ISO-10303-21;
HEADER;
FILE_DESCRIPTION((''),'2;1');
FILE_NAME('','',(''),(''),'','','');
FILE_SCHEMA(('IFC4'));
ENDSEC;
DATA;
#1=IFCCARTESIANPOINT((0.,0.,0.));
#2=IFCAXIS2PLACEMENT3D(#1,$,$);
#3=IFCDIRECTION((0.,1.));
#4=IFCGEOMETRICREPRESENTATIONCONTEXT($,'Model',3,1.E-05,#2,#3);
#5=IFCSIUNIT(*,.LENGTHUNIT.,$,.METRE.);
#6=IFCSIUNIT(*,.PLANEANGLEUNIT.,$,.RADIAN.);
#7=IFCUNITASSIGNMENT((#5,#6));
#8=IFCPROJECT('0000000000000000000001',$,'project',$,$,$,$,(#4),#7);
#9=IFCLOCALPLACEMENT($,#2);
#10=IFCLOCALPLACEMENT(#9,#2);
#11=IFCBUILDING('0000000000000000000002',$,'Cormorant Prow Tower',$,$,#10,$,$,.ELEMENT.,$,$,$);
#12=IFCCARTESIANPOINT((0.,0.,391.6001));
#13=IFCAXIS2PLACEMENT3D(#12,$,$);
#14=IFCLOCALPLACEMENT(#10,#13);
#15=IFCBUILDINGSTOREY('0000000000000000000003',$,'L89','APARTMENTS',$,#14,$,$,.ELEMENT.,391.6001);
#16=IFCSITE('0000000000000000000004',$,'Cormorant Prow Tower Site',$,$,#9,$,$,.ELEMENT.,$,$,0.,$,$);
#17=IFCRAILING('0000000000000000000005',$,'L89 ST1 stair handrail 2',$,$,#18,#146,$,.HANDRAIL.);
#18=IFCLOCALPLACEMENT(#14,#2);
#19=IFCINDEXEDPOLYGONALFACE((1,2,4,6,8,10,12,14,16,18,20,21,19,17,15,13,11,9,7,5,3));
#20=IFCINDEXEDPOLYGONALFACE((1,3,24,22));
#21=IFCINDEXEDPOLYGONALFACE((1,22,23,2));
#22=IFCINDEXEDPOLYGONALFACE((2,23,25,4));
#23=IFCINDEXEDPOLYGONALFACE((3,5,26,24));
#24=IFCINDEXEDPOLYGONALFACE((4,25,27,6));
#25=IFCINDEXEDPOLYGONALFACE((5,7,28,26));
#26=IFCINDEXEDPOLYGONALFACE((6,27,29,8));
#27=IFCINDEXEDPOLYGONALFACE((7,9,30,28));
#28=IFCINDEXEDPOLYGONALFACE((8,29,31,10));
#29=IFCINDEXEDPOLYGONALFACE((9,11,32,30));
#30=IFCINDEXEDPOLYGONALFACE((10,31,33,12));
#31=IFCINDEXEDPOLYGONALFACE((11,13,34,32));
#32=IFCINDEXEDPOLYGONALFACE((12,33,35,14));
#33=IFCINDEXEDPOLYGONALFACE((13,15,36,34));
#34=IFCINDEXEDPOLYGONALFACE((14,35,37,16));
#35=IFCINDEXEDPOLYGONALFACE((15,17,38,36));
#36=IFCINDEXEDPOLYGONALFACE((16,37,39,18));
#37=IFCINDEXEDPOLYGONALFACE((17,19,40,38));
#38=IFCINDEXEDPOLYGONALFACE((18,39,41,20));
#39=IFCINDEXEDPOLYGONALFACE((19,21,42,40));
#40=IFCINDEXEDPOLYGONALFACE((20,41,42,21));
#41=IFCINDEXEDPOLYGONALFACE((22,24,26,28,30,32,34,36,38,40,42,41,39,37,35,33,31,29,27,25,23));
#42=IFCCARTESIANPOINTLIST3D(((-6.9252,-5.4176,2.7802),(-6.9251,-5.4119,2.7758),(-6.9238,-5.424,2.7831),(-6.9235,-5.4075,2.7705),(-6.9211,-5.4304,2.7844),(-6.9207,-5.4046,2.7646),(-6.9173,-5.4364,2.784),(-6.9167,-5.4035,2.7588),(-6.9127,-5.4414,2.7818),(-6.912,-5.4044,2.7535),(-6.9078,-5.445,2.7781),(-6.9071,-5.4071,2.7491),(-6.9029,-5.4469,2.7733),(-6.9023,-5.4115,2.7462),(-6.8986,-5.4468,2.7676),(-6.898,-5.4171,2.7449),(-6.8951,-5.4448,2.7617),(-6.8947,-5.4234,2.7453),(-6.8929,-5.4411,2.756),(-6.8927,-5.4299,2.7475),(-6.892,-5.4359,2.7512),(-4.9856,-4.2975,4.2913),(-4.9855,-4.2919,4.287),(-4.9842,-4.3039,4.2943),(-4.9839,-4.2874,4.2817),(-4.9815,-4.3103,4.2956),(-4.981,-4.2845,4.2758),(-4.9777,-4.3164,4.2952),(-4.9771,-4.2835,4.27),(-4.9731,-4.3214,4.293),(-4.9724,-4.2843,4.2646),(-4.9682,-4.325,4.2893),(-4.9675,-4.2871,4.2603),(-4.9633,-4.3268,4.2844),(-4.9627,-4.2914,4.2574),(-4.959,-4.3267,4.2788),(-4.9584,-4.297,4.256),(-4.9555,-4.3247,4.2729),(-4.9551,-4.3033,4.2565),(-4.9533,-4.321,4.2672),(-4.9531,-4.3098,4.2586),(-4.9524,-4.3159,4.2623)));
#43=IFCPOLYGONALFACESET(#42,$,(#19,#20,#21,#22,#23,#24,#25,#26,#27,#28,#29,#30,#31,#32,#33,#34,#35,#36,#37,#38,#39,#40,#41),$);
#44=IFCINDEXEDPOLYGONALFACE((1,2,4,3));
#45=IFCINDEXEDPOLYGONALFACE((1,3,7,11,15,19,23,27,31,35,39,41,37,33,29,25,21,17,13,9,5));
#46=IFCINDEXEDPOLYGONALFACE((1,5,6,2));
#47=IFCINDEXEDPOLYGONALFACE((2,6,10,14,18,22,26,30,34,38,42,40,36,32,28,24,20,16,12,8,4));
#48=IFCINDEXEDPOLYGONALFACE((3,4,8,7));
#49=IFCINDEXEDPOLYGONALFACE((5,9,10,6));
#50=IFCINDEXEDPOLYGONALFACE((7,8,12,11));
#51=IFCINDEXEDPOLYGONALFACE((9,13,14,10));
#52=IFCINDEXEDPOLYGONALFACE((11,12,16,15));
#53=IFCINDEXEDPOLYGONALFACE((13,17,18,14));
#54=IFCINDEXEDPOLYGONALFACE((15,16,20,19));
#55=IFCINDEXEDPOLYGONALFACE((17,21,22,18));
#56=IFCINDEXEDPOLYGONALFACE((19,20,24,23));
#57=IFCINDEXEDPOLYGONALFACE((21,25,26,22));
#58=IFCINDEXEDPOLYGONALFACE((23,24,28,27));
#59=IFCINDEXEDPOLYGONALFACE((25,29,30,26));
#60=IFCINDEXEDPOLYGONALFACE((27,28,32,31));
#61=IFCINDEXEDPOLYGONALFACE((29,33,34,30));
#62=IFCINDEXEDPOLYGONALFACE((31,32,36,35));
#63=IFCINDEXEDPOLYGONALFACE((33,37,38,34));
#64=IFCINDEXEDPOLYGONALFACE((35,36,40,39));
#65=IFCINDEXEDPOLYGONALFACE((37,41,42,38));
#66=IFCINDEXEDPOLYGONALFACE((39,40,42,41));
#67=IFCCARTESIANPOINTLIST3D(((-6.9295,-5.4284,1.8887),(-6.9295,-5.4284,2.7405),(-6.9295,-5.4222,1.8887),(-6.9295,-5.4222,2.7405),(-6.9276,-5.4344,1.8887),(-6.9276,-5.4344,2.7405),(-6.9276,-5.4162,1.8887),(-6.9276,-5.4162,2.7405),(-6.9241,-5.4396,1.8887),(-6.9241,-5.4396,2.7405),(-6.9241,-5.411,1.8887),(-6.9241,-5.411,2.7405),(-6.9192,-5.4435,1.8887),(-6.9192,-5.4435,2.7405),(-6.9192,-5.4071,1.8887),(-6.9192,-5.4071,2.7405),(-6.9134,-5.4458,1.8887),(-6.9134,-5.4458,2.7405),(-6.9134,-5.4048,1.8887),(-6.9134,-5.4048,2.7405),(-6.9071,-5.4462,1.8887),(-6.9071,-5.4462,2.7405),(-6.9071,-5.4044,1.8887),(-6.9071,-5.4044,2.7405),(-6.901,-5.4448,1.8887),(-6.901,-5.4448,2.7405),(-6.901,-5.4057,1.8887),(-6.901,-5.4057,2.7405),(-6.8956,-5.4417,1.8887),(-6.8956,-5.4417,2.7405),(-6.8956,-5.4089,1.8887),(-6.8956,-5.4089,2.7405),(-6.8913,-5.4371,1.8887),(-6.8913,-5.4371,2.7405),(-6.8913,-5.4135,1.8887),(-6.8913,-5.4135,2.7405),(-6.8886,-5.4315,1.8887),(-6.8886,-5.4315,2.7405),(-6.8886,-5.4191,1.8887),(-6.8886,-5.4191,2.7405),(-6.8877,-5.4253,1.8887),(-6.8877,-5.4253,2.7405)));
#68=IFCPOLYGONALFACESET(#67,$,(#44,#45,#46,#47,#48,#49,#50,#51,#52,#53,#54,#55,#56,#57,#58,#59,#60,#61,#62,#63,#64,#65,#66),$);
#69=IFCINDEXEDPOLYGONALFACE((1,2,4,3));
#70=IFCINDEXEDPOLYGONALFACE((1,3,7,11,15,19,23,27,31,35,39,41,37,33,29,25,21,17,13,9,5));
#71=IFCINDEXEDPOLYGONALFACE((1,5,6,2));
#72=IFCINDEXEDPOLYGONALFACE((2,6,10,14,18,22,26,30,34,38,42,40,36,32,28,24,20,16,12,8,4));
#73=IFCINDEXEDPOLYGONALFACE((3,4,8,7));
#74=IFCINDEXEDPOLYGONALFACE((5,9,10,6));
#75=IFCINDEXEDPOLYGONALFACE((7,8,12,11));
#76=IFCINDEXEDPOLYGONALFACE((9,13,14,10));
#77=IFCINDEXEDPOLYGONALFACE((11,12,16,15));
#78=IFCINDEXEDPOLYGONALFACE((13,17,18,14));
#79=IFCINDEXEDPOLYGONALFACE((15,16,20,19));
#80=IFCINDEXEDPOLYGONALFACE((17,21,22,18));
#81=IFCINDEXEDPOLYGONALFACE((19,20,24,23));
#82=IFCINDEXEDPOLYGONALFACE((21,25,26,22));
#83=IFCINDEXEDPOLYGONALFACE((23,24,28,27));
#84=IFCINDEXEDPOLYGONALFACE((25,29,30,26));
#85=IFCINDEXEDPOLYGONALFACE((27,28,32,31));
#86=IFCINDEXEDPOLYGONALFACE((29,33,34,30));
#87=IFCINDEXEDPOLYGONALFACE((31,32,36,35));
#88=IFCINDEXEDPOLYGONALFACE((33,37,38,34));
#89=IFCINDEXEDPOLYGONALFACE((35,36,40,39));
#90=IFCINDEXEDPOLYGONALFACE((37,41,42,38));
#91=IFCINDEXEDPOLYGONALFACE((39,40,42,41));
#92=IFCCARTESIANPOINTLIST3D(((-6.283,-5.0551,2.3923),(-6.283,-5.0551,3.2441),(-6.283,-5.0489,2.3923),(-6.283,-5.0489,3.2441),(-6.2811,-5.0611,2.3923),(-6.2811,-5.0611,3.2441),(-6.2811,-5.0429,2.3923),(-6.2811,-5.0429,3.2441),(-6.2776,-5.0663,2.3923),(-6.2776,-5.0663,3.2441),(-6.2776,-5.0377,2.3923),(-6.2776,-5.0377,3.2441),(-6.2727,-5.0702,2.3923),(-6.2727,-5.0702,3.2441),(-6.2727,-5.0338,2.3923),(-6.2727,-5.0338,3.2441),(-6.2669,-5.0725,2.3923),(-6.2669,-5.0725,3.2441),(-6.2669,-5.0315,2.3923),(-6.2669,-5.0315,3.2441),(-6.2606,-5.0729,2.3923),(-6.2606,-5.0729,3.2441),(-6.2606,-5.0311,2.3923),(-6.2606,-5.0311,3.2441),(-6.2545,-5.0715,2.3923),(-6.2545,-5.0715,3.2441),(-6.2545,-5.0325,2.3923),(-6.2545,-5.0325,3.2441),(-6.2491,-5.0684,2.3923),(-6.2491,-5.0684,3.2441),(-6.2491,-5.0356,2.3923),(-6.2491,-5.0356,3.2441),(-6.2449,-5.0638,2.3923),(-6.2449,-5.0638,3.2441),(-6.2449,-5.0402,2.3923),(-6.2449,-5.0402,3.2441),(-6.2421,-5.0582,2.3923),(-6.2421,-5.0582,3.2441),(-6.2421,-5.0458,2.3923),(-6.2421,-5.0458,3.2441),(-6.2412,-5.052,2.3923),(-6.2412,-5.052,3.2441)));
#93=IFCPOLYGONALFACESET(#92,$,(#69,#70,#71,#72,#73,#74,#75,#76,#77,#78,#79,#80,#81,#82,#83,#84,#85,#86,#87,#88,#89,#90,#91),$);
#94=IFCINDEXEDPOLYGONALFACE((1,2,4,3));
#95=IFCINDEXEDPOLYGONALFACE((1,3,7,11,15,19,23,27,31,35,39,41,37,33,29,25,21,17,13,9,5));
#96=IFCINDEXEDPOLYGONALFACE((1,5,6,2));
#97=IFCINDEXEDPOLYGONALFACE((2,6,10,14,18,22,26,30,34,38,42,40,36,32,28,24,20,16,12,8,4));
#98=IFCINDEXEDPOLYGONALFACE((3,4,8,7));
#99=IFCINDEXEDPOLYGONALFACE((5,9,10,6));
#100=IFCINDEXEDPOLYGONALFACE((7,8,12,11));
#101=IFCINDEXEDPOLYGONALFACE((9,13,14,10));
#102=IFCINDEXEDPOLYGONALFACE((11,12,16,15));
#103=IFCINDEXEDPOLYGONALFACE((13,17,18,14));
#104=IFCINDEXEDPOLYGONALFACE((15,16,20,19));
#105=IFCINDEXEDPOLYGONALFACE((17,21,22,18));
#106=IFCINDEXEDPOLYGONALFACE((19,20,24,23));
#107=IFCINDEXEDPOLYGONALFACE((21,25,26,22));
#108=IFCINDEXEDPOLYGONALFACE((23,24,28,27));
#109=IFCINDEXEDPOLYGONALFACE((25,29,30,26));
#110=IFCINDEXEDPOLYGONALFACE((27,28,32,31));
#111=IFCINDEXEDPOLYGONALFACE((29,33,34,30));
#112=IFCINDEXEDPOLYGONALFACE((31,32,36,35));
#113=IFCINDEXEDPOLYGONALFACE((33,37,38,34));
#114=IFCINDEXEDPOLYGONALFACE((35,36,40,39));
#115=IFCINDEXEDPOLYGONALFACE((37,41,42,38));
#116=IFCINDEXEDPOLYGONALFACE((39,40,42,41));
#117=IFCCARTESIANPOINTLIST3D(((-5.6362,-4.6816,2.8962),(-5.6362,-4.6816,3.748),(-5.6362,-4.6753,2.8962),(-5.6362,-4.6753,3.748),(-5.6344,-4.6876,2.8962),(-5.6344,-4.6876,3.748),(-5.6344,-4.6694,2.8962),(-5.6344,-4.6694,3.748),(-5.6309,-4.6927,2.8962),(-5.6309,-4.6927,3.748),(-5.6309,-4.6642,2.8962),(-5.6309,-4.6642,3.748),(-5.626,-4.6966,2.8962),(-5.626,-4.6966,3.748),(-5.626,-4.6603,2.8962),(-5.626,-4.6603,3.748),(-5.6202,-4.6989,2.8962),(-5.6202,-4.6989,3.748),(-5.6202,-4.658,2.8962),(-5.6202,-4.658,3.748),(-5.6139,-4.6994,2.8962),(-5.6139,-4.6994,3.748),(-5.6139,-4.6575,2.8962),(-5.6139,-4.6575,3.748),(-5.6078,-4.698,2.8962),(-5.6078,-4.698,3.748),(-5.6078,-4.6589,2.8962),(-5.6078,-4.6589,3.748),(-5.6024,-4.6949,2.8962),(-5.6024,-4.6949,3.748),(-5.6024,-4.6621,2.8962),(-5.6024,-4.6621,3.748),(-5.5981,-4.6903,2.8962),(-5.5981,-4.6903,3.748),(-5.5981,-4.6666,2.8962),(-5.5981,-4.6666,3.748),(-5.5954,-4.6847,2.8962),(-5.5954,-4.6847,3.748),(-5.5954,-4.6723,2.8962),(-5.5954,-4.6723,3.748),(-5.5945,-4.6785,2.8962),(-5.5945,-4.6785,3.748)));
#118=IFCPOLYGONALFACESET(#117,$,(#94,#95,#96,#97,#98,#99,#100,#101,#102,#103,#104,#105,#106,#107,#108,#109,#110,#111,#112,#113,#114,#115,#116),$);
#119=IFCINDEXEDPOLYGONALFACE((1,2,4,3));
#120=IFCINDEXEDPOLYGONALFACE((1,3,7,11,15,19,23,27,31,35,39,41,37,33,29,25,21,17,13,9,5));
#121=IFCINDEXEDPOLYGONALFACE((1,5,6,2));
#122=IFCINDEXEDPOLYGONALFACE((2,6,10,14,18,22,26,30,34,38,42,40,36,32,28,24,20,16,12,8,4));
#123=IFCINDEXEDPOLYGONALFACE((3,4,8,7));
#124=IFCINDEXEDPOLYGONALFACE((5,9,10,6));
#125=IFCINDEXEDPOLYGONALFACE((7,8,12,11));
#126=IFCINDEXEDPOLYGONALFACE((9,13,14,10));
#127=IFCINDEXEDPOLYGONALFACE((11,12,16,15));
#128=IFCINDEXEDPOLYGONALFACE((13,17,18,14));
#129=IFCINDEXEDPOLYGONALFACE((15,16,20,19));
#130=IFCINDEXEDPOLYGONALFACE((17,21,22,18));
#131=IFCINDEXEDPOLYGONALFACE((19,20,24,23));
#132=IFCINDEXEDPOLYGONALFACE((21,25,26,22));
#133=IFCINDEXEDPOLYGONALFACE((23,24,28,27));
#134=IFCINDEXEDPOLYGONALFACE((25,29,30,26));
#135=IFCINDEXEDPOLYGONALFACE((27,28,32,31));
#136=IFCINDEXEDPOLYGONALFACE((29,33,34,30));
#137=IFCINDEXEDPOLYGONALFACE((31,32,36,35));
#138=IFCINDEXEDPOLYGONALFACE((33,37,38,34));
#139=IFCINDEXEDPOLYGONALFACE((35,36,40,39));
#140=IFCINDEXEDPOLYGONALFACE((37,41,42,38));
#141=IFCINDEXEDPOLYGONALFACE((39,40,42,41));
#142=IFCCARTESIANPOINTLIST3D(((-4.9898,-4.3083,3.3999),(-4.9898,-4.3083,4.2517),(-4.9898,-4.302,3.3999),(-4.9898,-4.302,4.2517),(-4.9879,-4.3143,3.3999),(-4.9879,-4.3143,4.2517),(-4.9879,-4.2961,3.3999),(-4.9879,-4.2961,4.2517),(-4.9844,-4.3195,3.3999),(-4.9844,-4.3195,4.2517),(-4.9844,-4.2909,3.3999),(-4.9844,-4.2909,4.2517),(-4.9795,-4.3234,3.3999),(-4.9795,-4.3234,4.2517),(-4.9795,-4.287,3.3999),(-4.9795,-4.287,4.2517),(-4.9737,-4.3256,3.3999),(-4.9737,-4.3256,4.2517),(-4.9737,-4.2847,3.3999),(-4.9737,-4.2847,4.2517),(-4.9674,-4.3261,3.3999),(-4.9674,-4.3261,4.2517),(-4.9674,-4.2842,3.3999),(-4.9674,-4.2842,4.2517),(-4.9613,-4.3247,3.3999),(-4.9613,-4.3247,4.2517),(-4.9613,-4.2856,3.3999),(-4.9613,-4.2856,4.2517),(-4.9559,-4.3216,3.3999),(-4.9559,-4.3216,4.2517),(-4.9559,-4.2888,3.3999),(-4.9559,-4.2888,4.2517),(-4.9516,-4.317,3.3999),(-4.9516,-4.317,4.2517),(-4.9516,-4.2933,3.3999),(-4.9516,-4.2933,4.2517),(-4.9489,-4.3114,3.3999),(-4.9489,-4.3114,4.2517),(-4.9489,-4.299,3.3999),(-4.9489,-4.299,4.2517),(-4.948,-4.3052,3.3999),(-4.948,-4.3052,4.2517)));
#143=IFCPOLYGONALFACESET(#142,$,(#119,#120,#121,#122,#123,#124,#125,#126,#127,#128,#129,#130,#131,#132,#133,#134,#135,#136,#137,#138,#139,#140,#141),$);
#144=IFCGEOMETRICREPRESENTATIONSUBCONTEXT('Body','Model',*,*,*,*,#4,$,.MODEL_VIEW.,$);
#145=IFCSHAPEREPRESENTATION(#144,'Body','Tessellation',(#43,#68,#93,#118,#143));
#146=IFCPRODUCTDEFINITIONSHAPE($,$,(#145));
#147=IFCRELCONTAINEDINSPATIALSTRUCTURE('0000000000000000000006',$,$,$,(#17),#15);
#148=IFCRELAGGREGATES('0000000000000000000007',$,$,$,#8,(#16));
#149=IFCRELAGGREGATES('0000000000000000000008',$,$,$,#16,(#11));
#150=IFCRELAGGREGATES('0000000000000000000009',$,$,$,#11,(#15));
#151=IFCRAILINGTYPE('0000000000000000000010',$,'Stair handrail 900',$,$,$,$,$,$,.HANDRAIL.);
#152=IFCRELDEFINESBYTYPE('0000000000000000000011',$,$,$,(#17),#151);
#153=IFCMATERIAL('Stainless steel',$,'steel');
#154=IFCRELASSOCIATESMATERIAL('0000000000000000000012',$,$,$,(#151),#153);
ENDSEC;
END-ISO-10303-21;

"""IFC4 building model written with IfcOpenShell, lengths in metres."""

from ifc_helpers import new_model, si_unit, direction, frame, origin, origin_2d, place, context, subcontext, project, spatial, circle, extrude, material, type_object, element, save


model = new_model("IFC4")

# Units and contexts
model_context = context("Model", 3, precision=1e-05, world=origin(), true_north=direction((0.0, 1.0)))
body_context = subcontext(model_context, "Body", "Model", "MODEL_VIEW")
ifc_project = project(units=[si_unit("LENGTHUNIT", "METRE"), si_unit("PLANEANGLEUNIT", "RADIAN")], contexts=[model_context])

# Site, building, storey
site_placement = place(None, origin())
site = spatial("IfcSite", under=ifc_project, at=site_placement, Name="Cormorant Prow Tower Site", CompositionType="ELEMENT", RefElevation=0.0)
building_placement = place(site_placement, origin())
building = spatial("IfcBuilding", under=site, at=building_placement, Name="Cormorant Prow Tower", CompositionType="ELEMENT")
storey_placement = place(building_placement, frame((0.0, 0.0, 391.6001)))
storey = spatial("IfcBuildingStorey", under=building, at=storey_placement, Name="L89", Description="APARTMENTS", CompositionType="ELEMENT", Elevation=391.6001)

# Railing
ifc_material_1 = material(Name="Stainless steel", Category="steel")
railing_type = type_object("IfcRailingType", Name="Stair handrail 900", PredefinedType="HANDRAIL", material=ifc_material_1)
railing_placement = place(storey_placement, frame((-6.9087, -5.4253, 1.8887)))
element("IfcRailing", 1, at=railing_placement, inside=storey, type_object=railing_type, Name="L89 ST1 stair handrail 2", PredefinedType="HANDRAIL", context=body_context, shape_type="SweptSolid", body=[
    extrude(circle(Radius=0.0239, at=origin_2d()), frame((0.0, 0.0, 0.876), z_axis=(0.71787, 0.414548, 0.559297), x_axis=(-0.500078, 0.86598, 0.0)), (0.0, 0.0, 1.0), 2.7019),
    extrude(circle(Radius=0.021, at=origin_2d()), origin(), (0.0, 0.0, 1.0), 0.8518),
    extrude(circle(Radius=0.021, at=origin_2d()), frame((0.6465, 0.3733, 0.5037)), (0.0, 0.0, 1.0), 0.8518),
    extrude(circle(Radius=0.021, at=origin_2d()), frame((1.2932, 0.7468, 1.0076)), (0.0, 0.0, 1.0), 0.8518),
    extrude(circle(Radius=0.021, at=origin_2d()), frame((1.9397, 1.1201, 1.5112)), (0.0, 0.0, 1.0), 0.8518),
])

save(model, "model.ifc")
